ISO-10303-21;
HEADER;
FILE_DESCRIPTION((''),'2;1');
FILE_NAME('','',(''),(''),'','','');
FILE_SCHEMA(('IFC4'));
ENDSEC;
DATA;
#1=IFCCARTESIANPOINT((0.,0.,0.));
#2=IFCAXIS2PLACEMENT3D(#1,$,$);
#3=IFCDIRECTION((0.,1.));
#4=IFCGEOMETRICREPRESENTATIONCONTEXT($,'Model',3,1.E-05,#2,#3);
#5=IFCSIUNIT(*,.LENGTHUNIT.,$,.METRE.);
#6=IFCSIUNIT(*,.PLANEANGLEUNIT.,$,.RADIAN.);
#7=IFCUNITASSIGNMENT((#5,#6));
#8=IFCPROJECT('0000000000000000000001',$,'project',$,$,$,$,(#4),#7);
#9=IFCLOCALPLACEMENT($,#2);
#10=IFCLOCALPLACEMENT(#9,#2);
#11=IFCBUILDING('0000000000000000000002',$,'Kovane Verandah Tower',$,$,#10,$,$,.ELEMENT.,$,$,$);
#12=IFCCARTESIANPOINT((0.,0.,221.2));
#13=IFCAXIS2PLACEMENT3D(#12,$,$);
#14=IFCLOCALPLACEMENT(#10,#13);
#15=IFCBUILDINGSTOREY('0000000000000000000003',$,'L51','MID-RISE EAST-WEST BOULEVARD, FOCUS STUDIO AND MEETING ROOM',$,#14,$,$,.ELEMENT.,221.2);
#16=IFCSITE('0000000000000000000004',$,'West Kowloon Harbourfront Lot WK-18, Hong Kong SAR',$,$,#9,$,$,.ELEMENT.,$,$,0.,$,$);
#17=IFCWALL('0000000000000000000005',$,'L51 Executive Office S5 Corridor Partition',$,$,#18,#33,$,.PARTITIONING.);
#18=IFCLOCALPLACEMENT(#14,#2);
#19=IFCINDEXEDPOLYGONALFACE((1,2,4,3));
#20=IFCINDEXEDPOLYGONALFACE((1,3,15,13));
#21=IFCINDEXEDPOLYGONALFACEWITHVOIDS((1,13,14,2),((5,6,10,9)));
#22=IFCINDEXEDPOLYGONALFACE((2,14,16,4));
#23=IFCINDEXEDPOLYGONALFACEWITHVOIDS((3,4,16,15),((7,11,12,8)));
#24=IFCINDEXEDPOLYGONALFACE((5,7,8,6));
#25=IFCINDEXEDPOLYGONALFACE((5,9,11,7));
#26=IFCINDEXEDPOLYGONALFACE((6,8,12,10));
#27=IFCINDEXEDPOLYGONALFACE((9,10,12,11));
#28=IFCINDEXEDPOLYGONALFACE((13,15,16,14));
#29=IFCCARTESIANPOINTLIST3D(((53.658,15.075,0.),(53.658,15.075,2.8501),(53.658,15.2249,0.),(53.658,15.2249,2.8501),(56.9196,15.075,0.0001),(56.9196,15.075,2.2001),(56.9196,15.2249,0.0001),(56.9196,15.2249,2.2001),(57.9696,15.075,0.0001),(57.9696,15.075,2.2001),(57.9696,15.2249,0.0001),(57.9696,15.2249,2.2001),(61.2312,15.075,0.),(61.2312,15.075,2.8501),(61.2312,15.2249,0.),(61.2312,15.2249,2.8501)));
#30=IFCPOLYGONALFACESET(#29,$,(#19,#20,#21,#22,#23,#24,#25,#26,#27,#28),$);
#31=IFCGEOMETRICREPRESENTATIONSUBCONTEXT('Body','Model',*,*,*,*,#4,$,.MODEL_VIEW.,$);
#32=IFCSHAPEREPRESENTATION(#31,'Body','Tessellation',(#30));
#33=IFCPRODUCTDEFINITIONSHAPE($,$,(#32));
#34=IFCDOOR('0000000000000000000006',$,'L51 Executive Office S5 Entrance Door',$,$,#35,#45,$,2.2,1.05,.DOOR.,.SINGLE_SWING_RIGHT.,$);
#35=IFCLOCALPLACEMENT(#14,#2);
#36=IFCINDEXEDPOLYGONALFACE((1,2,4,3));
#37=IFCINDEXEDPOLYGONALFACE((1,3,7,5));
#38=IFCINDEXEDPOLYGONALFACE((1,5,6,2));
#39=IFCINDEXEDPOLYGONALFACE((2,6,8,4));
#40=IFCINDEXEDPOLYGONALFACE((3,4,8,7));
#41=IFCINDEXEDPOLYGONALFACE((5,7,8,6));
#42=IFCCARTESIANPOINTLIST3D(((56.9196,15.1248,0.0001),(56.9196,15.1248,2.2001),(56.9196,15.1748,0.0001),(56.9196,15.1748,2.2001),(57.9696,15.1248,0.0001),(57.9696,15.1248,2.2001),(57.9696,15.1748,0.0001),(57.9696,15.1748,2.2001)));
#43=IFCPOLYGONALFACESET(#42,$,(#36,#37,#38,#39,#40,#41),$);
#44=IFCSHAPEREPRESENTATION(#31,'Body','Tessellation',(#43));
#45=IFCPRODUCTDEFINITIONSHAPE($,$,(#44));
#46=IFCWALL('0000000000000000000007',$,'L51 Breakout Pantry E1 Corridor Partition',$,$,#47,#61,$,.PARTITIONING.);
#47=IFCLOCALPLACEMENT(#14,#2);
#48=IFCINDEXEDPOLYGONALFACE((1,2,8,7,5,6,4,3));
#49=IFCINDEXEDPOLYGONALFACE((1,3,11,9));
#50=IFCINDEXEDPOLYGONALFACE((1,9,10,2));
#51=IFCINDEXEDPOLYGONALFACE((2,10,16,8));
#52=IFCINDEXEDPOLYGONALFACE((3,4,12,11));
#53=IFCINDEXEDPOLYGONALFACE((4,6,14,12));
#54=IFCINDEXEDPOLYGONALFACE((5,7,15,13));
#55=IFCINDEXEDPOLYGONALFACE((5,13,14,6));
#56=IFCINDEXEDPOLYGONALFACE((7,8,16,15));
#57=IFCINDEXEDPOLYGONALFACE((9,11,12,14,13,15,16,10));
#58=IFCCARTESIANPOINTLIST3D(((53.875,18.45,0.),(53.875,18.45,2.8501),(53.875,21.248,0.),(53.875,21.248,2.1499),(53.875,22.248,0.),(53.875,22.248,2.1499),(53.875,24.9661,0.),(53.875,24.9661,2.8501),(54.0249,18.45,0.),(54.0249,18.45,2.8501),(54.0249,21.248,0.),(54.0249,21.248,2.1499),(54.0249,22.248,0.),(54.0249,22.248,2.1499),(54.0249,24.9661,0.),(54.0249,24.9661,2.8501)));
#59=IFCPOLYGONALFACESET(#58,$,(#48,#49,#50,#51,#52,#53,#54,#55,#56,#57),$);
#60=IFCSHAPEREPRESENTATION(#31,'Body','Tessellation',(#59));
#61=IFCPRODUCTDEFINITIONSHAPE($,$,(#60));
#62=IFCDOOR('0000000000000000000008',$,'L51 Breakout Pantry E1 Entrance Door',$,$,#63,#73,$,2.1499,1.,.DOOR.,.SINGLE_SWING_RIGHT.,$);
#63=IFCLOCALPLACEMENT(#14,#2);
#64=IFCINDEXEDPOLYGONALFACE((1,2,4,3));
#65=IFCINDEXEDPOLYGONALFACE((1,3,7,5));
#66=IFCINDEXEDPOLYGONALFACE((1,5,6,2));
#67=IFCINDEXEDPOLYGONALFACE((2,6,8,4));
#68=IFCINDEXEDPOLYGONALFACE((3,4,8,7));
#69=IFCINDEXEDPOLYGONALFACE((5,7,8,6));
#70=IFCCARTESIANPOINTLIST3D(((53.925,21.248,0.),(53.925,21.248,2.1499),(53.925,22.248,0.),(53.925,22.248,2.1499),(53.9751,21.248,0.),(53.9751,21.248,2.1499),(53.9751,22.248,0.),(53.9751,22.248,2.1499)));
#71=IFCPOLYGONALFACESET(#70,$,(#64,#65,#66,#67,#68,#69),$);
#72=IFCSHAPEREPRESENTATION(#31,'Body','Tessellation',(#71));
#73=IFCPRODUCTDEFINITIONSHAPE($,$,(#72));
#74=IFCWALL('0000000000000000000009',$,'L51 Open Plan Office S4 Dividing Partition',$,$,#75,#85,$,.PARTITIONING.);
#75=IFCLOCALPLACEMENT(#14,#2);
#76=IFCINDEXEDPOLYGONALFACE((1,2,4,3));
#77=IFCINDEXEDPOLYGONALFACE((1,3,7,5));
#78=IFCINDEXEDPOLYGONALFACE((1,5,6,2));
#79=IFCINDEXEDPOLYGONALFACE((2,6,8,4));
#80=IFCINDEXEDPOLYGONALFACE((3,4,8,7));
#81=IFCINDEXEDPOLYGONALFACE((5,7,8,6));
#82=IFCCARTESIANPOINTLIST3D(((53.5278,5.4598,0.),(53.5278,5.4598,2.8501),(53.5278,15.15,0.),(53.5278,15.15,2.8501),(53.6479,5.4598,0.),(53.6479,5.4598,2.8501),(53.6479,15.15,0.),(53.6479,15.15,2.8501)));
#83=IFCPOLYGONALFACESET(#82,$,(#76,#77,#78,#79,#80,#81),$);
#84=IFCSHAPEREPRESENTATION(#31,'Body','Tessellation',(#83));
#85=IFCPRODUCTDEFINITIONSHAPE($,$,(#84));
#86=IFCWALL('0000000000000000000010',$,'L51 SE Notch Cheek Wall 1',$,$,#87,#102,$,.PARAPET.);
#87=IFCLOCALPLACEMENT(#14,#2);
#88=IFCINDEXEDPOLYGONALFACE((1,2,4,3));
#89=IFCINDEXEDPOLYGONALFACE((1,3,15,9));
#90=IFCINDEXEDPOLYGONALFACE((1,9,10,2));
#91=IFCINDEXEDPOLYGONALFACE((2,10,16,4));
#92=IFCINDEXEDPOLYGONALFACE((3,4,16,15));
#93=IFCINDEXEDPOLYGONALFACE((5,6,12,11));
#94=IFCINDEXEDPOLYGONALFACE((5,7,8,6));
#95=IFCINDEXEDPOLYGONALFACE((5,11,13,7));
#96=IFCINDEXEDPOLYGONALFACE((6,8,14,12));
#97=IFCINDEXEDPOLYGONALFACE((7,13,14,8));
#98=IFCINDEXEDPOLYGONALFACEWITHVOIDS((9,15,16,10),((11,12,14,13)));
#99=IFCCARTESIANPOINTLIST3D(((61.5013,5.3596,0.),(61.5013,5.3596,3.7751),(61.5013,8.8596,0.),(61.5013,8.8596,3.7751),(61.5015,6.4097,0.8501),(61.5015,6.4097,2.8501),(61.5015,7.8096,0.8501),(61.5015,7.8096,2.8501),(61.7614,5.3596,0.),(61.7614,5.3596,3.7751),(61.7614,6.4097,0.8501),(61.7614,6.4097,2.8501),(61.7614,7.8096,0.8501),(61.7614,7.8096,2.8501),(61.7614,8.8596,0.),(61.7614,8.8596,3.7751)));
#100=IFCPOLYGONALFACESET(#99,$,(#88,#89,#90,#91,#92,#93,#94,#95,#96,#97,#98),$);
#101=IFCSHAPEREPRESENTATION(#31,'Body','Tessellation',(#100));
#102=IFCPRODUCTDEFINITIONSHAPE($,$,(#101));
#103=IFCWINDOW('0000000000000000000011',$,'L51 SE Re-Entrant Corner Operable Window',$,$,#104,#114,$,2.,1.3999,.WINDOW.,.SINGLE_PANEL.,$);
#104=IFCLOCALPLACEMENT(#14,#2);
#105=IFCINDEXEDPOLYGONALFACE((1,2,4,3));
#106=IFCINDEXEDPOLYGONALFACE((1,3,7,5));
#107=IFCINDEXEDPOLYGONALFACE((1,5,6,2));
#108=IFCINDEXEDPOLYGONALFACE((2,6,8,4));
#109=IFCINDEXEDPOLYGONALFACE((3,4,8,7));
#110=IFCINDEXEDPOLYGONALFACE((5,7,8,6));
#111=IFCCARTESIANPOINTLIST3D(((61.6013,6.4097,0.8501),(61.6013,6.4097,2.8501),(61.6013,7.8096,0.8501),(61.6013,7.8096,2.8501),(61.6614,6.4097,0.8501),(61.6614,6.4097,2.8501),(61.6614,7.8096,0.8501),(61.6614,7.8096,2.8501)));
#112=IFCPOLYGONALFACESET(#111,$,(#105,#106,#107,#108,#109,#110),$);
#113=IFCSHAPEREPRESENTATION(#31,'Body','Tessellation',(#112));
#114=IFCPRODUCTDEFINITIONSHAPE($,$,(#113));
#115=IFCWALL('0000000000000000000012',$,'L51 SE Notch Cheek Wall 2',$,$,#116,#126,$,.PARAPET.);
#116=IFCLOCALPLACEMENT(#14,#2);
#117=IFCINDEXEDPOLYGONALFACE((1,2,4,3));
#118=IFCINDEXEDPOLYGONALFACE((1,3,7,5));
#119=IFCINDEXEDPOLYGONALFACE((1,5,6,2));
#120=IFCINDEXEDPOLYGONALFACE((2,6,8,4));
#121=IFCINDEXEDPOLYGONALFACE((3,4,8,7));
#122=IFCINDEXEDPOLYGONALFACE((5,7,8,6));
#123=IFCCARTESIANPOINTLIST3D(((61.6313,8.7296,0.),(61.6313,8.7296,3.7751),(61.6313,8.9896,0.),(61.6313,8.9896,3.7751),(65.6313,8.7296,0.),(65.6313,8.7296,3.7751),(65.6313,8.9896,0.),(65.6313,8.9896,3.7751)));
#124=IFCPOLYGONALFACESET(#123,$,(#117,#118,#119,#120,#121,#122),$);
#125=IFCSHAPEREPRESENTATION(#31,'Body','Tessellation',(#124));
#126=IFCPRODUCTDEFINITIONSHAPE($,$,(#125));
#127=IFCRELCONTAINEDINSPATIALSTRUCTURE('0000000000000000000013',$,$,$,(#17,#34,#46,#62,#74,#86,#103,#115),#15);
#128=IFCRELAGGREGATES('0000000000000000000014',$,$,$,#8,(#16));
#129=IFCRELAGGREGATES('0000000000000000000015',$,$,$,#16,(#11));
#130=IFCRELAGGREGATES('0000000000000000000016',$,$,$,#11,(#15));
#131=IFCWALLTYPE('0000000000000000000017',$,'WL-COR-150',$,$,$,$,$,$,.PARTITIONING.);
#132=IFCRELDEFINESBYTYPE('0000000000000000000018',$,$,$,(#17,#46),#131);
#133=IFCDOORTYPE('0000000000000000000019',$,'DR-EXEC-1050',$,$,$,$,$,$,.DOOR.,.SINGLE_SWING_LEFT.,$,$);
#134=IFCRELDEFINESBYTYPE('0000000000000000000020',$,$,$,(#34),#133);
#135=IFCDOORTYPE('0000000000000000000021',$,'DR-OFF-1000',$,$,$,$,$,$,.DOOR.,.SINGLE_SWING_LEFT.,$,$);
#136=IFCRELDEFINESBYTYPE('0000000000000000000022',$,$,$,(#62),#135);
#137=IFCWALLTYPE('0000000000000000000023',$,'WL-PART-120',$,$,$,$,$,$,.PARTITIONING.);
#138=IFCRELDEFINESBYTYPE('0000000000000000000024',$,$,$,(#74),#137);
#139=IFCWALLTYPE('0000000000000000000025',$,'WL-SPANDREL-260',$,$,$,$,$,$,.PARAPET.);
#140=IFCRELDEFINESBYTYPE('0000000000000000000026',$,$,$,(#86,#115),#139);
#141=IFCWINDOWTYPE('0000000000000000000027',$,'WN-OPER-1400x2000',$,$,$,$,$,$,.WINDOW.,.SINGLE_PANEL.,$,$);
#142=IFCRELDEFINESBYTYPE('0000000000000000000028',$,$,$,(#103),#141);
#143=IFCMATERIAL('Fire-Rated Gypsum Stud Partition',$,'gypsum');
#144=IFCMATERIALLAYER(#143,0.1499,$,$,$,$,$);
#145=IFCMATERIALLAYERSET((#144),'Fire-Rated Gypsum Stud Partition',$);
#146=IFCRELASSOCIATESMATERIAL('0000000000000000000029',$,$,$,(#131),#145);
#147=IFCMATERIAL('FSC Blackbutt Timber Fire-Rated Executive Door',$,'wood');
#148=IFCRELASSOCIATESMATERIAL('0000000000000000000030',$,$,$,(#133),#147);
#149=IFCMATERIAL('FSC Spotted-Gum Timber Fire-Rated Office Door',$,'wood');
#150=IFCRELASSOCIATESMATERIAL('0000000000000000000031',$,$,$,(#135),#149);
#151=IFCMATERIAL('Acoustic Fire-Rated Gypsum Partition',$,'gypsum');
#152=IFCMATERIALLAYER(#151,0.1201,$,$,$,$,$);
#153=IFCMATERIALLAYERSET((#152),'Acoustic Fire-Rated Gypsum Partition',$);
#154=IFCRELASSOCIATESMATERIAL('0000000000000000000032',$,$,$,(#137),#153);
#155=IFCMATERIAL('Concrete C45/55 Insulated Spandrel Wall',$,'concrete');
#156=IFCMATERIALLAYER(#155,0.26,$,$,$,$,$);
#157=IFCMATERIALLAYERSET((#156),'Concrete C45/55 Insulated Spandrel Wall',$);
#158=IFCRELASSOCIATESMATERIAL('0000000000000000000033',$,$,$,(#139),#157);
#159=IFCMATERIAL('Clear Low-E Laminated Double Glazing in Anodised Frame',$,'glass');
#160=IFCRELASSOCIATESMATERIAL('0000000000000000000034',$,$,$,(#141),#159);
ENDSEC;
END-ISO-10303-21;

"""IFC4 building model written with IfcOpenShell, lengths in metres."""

from ifc_helpers import new_model, si_unit, direction, frame, frame_2d, origin, place, context, subcontext, project, spatial, rectangle, extrude, material, layer, layer_set, type_object, element, fill, save


model = new_model("IFC4")

# Units and contexts
model_context = context("Model", 3, precision=1e-05, world=origin(), true_north=direction((0.0, 1.0)))
body_context = subcontext(model_context, "Body", "Model", "MODEL_VIEW")
ifc_project = project(units=[si_unit("LENGTHUNIT", "METRE"), si_unit("PLANEANGLEUNIT", "RADIAN")], contexts=[model_context])

# Site, building, storey
site_placement = place(None, origin())
site = spatial("IfcSite", under=ifc_project, at=site_placement, Name="West Kowloon Harbourfront Lot WK-18, Hong Kong SAR", CompositionType="ELEMENT", RefElevation=0.0)
building_placement = place(site_placement, origin())
building = spatial("IfcBuilding", under=site, at=building_placement, Name="Kovane Verandah Tower", CompositionType="ELEMENT")
storey_placement = place(building_placement, frame((0.0, 0.0, 221.2)))
storey = spatial("IfcBuildingStorey", under=building, at=storey_placement, Name="L51", Description="MID-RISE EAST-WEST BOULEVARD, FOCUS STUDIO AND MEETING ROOM", CompositionType="ELEMENT", Elevation=221.2)

# Walls, openings, doors
ifc_material_1 = material(Name="Fire-Rated Gypsum Stud Partition", Category="gypsum")
ifc_layer_1 = layer(ifc_material_1, 0.1499)
ifc_layer_set_1 = layer_set([ifc_layer_1], Name="Fire-Rated Gypsum Stud Partition")
wall_type_1 = type_object("IfcWallType", Name="WL-COR-150", PredefinedType="PARTITIONING", material=ifc_layer_set_1)
wall_1_placement = place(storey_placement, frame((53.658, 15.1499, 0.0), z_axis=(0.0, 0.0, 1.0), x_axis=(1.0, 0.0, 0.0)))
wall_1 = element("IfcWall", 1, at=wall_1_placement, inside=storey, type_object=wall_type_1, Name="L51 Executive Office S5 Corridor Partition", PredefinedType="PARTITIONING", context=body_context, shape_type="SweptSolid", body=[
    extrude(rectangle(XDim=7.5732, YDim=0.1499, at=frame_2d((3.7866, 0.0))), origin(), (0.0, 0.0, 1.0), 2.8501),
])
opening_1_placement = place(wall_1_placement, frame((3.2617, 0.0, 0.0)))
opening_1 = element("IfcOpeningElement", 2, at=opening_1_placement, cuts=wall_1, PredefinedType="OPENING", context=body_context, shape_type="SweptSolid", body=[
    extrude(rectangle(XDim=1.05, YDim=2.2, at=frame_2d((0.5249, 1.1001))), frame((0.0, 0.075, 0.0), z_axis=(0.0, -1.0, 0.0), x_axis=(1.0, 0.0, 0.0)), (0.0, 0.0, 1.0), 0.1499),
])
ifc_material_2 = material(Name="FSC Blackbutt Timber Fire-Rated Executive Door", Category="wood")
door_type_1 = type_object("IfcDoorType", Name="DR-EXEC-1050", OperationType="SINGLE_SWING_LEFT", PredefinedType="DOOR", material=ifc_material_2)
door_1_placement = place(opening_1_placement, origin())
door_1 = element("IfcDoor", 3, at=door_1_placement, inside=storey, type_object=door_type_1, Name="L51 Executive Office S5 Entrance Door", OperationType="SINGLE_SWING_RIGHT", OverallHeight=2.2, OverallWidth=1.05, PredefinedType="DOOR", context=body_context, shape_type="SweptSolid", body=[
    extrude(rectangle(XDim=1.05, YDim=2.2, at=frame_2d((0.5249, 1.1001))), frame((0.0, 0.0249, 0.0), z_axis=(0.0, -1.0, 0.0), x_axis=(1.0, 0.0, 0.0)), (0.0, 0.0, 1.0), 0.05),
])
fill(opening_1, door_1)
wall_2_placement = place(storey_placement, frame((53.95, 18.45, 0.0), z_axis=(0.0, 0.0, 1.0), x_axis=(0.0, 1.0, 0.0)))
wall_2 = element("IfcWall", 4, at=wall_2_placement, inside=storey, type_object=wall_type_1, Name="L51 Breakout Pantry E1 Corridor Partition", PredefinedType="PARTITIONING", context=body_context, shape_type="SweptSolid", body=[
    extrude(rectangle(XDim=6.5161, YDim=0.1499, at=frame_2d((3.2581, 0.0))), origin(), (0.0, 0.0, 1.0), 2.8501),
])
opening_2_placement = place(wall_2_placement, frame((2.7981, 0.0, 0.0)))
opening_2 = element("IfcOpeningElement", 5, at=opening_2_placement, cuts=wall_2, PredefinedType="OPENING", context=body_context, shape_type="SweptSolid", body=[
    extrude(rectangle(XDim=1.0, YDim=2.1499, at=frame_2d((0.5, 1.075))), frame((0.0, 0.075, 0.0), z_axis=(0.0, -1.0, 0.0), x_axis=(1.0, 0.0, 0.0)), (0.0, 0.0, 1.0), 0.1499),
])
ifc_material_3 = material(Name="FSC Spotted-Gum Timber Fire-Rated Office Door", Category="wood")
door_type_2 = type_object("IfcDoorType", Name="DR-OFF-1000", OperationType="SINGLE_SWING_LEFT", PredefinedType="DOOR", material=ifc_material_3)
door_2_placement = place(opening_2_placement, origin())
door_2 = element("IfcDoor", 6, at=door_2_placement, inside=storey, type_object=door_type_2, Name="L51 Breakout Pantry E1 Entrance Door", OperationType="SINGLE_SWING_RIGHT", OverallHeight=2.1499, OverallWidth=1.0, PredefinedType="DOOR", context=body_context, shape_type="SweptSolid", body=[
    extrude(rectangle(XDim=1.0, YDim=2.1499, at=frame_2d((0.5, 1.075))), frame((0.0, 0.0249, 0.0), z_axis=(0.0, -1.0, 0.0), x_axis=(1.0, 0.0, 0.0)), (0.0, 0.0, 1.0), 0.05),
])
fill(opening_2, door_2)

# Wall
ifc_material_4 = material(Name="Acoustic Fire-Rated Gypsum Partition", Category="gypsum")
ifc_layer_2 = layer(ifc_material_4, 0.1201)
ifc_layer_set_2 = layer_set([ifc_layer_2], Name="Acoustic Fire-Rated Gypsum Partition")
wall_type_2 = type_object("IfcWallType", Name="WL-PART-120", PredefinedType="PARTITIONING", material=ifc_layer_set_2)
wall_3_placement = place(storey_placement, frame((53.5879, 5.4597, 0.0), z_axis=(0.0, 0.0, 1.0), x_axis=(0.0, 1.0, 0.0)))
element("IfcWall", 7, at=wall_3_placement, inside=storey, type_object=wall_type_2, Name="L51 Open Plan Office S4 Dividing Partition", PredefinedType="PARTITIONING", context=body_context, shape_type="SweptSolid", body=[
    extrude(rectangle(XDim=9.6902, YDim=0.1201, at=frame_2d((4.8452, 0.0))), origin(), (0.0, 0.0, 1.0), 2.8501),
])

# Wall, opening, window
ifc_material_5 = material(Name="Concrete C45/55 Insulated Spandrel Wall", Category="concrete")
ifc_layer_3 = layer(ifc_material_5, 0.26)
ifc_layer_set_3 = layer_set([ifc_layer_3], Name="Concrete C45/55 Insulated Spandrel Wall")
wall_type_3 = type_object("IfcWallType", Name="WL-SPANDREL-260", PredefinedType="PARAPET", material=ifc_layer_set_3)
wall_4_placement = place(storey_placement, frame((61.6313, 5.3596, 0.0), z_axis=(0.0, 0.0, 1.0), x_axis=(0.0, 1.0, 0.0)))
wall_4 = element("IfcWall", 8, at=wall_4_placement, inside=storey, type_object=wall_type_3, Name="L51 SE Notch Cheek Wall 1", PredefinedType="PARAPET", context=body_context, shape_type="SweptSolid", body=[
    extrude(rectangle(XDim=3.5, YDim=0.26, at=frame_2d((1.75, 0.0))), origin(), (0.0, 0.0, 1.0), 3.7751),
])
opening_3_placement = place(wall_4_placement, frame((1.05, 0.0, 0.8501)))
opening_3 = element("IfcOpeningElement", 9, at=opening_3_placement, cuts=wall_4, PredefinedType="OPENING", context=body_context, shape_type="SweptSolid", body=[
    extrude(rectangle(XDim=1.3999, YDim=2.0, at=frame_2d((0.7, 1.0))), frame((0.0, 0.1299, 0.0), z_axis=(0.0, -1.0, 0.0), x_axis=(1.0, 0.0, 0.0)), (0.0, 0.0, 1.0), 0.26),
])
ifc_material_6 = material(Name="Clear Low-E Laminated Double Glazing in Anodised Frame", Category="glass")
window_type = type_object("IfcWindowType", Name="WN-OPER-1400x2000", PartitioningType="SINGLE_PANEL", PredefinedType="WINDOW", material=ifc_material_6)
window_placement = place(opening_3_placement, origin())
window = element("IfcWindow", 10, at=window_placement, inside=storey, type_object=window_type, Name="L51 SE Re-Entrant Corner Operable Window", OverallHeight=2.0, OverallWidth=1.3999, PartitioningType="SINGLE_PANEL", PredefinedType="WINDOW", context=body_context, shape_type="SweptSolid", body=[
    extrude(rectangle(XDim=1.3999, YDim=2.0, at=frame_2d((0.7, 1.0))), frame((0.0, 0.03, 0.0), z_axis=(0.0, -1.0, 0.0), x_axis=(1.0, 0.0, 0.0)), (0.0, 0.0, 1.0), 0.0601),
])
fill(opening_3, window)

# Wall
wall_5_placement = place(storey_placement, frame((61.6313, 8.8596, 0.0), z_axis=(0.0, 0.0, 1.0), x_axis=(1.0, 0.0, 0.0)))
element("IfcWall", 11, at=wall_5_placement, inside=storey, type_object=wall_type_3, Name="L51 SE Notch Cheek Wall 2", PredefinedType="PARAPET", context=body_context, shape_type="SweptSolid", body=[
    extrude(rectangle(XDim=4.0, YDim=0.26, at=frame_2d((2.0, 0.0))), origin(), (0.0, 0.0, 1.0), 3.7751),
])

save(model, "model.ifc")
